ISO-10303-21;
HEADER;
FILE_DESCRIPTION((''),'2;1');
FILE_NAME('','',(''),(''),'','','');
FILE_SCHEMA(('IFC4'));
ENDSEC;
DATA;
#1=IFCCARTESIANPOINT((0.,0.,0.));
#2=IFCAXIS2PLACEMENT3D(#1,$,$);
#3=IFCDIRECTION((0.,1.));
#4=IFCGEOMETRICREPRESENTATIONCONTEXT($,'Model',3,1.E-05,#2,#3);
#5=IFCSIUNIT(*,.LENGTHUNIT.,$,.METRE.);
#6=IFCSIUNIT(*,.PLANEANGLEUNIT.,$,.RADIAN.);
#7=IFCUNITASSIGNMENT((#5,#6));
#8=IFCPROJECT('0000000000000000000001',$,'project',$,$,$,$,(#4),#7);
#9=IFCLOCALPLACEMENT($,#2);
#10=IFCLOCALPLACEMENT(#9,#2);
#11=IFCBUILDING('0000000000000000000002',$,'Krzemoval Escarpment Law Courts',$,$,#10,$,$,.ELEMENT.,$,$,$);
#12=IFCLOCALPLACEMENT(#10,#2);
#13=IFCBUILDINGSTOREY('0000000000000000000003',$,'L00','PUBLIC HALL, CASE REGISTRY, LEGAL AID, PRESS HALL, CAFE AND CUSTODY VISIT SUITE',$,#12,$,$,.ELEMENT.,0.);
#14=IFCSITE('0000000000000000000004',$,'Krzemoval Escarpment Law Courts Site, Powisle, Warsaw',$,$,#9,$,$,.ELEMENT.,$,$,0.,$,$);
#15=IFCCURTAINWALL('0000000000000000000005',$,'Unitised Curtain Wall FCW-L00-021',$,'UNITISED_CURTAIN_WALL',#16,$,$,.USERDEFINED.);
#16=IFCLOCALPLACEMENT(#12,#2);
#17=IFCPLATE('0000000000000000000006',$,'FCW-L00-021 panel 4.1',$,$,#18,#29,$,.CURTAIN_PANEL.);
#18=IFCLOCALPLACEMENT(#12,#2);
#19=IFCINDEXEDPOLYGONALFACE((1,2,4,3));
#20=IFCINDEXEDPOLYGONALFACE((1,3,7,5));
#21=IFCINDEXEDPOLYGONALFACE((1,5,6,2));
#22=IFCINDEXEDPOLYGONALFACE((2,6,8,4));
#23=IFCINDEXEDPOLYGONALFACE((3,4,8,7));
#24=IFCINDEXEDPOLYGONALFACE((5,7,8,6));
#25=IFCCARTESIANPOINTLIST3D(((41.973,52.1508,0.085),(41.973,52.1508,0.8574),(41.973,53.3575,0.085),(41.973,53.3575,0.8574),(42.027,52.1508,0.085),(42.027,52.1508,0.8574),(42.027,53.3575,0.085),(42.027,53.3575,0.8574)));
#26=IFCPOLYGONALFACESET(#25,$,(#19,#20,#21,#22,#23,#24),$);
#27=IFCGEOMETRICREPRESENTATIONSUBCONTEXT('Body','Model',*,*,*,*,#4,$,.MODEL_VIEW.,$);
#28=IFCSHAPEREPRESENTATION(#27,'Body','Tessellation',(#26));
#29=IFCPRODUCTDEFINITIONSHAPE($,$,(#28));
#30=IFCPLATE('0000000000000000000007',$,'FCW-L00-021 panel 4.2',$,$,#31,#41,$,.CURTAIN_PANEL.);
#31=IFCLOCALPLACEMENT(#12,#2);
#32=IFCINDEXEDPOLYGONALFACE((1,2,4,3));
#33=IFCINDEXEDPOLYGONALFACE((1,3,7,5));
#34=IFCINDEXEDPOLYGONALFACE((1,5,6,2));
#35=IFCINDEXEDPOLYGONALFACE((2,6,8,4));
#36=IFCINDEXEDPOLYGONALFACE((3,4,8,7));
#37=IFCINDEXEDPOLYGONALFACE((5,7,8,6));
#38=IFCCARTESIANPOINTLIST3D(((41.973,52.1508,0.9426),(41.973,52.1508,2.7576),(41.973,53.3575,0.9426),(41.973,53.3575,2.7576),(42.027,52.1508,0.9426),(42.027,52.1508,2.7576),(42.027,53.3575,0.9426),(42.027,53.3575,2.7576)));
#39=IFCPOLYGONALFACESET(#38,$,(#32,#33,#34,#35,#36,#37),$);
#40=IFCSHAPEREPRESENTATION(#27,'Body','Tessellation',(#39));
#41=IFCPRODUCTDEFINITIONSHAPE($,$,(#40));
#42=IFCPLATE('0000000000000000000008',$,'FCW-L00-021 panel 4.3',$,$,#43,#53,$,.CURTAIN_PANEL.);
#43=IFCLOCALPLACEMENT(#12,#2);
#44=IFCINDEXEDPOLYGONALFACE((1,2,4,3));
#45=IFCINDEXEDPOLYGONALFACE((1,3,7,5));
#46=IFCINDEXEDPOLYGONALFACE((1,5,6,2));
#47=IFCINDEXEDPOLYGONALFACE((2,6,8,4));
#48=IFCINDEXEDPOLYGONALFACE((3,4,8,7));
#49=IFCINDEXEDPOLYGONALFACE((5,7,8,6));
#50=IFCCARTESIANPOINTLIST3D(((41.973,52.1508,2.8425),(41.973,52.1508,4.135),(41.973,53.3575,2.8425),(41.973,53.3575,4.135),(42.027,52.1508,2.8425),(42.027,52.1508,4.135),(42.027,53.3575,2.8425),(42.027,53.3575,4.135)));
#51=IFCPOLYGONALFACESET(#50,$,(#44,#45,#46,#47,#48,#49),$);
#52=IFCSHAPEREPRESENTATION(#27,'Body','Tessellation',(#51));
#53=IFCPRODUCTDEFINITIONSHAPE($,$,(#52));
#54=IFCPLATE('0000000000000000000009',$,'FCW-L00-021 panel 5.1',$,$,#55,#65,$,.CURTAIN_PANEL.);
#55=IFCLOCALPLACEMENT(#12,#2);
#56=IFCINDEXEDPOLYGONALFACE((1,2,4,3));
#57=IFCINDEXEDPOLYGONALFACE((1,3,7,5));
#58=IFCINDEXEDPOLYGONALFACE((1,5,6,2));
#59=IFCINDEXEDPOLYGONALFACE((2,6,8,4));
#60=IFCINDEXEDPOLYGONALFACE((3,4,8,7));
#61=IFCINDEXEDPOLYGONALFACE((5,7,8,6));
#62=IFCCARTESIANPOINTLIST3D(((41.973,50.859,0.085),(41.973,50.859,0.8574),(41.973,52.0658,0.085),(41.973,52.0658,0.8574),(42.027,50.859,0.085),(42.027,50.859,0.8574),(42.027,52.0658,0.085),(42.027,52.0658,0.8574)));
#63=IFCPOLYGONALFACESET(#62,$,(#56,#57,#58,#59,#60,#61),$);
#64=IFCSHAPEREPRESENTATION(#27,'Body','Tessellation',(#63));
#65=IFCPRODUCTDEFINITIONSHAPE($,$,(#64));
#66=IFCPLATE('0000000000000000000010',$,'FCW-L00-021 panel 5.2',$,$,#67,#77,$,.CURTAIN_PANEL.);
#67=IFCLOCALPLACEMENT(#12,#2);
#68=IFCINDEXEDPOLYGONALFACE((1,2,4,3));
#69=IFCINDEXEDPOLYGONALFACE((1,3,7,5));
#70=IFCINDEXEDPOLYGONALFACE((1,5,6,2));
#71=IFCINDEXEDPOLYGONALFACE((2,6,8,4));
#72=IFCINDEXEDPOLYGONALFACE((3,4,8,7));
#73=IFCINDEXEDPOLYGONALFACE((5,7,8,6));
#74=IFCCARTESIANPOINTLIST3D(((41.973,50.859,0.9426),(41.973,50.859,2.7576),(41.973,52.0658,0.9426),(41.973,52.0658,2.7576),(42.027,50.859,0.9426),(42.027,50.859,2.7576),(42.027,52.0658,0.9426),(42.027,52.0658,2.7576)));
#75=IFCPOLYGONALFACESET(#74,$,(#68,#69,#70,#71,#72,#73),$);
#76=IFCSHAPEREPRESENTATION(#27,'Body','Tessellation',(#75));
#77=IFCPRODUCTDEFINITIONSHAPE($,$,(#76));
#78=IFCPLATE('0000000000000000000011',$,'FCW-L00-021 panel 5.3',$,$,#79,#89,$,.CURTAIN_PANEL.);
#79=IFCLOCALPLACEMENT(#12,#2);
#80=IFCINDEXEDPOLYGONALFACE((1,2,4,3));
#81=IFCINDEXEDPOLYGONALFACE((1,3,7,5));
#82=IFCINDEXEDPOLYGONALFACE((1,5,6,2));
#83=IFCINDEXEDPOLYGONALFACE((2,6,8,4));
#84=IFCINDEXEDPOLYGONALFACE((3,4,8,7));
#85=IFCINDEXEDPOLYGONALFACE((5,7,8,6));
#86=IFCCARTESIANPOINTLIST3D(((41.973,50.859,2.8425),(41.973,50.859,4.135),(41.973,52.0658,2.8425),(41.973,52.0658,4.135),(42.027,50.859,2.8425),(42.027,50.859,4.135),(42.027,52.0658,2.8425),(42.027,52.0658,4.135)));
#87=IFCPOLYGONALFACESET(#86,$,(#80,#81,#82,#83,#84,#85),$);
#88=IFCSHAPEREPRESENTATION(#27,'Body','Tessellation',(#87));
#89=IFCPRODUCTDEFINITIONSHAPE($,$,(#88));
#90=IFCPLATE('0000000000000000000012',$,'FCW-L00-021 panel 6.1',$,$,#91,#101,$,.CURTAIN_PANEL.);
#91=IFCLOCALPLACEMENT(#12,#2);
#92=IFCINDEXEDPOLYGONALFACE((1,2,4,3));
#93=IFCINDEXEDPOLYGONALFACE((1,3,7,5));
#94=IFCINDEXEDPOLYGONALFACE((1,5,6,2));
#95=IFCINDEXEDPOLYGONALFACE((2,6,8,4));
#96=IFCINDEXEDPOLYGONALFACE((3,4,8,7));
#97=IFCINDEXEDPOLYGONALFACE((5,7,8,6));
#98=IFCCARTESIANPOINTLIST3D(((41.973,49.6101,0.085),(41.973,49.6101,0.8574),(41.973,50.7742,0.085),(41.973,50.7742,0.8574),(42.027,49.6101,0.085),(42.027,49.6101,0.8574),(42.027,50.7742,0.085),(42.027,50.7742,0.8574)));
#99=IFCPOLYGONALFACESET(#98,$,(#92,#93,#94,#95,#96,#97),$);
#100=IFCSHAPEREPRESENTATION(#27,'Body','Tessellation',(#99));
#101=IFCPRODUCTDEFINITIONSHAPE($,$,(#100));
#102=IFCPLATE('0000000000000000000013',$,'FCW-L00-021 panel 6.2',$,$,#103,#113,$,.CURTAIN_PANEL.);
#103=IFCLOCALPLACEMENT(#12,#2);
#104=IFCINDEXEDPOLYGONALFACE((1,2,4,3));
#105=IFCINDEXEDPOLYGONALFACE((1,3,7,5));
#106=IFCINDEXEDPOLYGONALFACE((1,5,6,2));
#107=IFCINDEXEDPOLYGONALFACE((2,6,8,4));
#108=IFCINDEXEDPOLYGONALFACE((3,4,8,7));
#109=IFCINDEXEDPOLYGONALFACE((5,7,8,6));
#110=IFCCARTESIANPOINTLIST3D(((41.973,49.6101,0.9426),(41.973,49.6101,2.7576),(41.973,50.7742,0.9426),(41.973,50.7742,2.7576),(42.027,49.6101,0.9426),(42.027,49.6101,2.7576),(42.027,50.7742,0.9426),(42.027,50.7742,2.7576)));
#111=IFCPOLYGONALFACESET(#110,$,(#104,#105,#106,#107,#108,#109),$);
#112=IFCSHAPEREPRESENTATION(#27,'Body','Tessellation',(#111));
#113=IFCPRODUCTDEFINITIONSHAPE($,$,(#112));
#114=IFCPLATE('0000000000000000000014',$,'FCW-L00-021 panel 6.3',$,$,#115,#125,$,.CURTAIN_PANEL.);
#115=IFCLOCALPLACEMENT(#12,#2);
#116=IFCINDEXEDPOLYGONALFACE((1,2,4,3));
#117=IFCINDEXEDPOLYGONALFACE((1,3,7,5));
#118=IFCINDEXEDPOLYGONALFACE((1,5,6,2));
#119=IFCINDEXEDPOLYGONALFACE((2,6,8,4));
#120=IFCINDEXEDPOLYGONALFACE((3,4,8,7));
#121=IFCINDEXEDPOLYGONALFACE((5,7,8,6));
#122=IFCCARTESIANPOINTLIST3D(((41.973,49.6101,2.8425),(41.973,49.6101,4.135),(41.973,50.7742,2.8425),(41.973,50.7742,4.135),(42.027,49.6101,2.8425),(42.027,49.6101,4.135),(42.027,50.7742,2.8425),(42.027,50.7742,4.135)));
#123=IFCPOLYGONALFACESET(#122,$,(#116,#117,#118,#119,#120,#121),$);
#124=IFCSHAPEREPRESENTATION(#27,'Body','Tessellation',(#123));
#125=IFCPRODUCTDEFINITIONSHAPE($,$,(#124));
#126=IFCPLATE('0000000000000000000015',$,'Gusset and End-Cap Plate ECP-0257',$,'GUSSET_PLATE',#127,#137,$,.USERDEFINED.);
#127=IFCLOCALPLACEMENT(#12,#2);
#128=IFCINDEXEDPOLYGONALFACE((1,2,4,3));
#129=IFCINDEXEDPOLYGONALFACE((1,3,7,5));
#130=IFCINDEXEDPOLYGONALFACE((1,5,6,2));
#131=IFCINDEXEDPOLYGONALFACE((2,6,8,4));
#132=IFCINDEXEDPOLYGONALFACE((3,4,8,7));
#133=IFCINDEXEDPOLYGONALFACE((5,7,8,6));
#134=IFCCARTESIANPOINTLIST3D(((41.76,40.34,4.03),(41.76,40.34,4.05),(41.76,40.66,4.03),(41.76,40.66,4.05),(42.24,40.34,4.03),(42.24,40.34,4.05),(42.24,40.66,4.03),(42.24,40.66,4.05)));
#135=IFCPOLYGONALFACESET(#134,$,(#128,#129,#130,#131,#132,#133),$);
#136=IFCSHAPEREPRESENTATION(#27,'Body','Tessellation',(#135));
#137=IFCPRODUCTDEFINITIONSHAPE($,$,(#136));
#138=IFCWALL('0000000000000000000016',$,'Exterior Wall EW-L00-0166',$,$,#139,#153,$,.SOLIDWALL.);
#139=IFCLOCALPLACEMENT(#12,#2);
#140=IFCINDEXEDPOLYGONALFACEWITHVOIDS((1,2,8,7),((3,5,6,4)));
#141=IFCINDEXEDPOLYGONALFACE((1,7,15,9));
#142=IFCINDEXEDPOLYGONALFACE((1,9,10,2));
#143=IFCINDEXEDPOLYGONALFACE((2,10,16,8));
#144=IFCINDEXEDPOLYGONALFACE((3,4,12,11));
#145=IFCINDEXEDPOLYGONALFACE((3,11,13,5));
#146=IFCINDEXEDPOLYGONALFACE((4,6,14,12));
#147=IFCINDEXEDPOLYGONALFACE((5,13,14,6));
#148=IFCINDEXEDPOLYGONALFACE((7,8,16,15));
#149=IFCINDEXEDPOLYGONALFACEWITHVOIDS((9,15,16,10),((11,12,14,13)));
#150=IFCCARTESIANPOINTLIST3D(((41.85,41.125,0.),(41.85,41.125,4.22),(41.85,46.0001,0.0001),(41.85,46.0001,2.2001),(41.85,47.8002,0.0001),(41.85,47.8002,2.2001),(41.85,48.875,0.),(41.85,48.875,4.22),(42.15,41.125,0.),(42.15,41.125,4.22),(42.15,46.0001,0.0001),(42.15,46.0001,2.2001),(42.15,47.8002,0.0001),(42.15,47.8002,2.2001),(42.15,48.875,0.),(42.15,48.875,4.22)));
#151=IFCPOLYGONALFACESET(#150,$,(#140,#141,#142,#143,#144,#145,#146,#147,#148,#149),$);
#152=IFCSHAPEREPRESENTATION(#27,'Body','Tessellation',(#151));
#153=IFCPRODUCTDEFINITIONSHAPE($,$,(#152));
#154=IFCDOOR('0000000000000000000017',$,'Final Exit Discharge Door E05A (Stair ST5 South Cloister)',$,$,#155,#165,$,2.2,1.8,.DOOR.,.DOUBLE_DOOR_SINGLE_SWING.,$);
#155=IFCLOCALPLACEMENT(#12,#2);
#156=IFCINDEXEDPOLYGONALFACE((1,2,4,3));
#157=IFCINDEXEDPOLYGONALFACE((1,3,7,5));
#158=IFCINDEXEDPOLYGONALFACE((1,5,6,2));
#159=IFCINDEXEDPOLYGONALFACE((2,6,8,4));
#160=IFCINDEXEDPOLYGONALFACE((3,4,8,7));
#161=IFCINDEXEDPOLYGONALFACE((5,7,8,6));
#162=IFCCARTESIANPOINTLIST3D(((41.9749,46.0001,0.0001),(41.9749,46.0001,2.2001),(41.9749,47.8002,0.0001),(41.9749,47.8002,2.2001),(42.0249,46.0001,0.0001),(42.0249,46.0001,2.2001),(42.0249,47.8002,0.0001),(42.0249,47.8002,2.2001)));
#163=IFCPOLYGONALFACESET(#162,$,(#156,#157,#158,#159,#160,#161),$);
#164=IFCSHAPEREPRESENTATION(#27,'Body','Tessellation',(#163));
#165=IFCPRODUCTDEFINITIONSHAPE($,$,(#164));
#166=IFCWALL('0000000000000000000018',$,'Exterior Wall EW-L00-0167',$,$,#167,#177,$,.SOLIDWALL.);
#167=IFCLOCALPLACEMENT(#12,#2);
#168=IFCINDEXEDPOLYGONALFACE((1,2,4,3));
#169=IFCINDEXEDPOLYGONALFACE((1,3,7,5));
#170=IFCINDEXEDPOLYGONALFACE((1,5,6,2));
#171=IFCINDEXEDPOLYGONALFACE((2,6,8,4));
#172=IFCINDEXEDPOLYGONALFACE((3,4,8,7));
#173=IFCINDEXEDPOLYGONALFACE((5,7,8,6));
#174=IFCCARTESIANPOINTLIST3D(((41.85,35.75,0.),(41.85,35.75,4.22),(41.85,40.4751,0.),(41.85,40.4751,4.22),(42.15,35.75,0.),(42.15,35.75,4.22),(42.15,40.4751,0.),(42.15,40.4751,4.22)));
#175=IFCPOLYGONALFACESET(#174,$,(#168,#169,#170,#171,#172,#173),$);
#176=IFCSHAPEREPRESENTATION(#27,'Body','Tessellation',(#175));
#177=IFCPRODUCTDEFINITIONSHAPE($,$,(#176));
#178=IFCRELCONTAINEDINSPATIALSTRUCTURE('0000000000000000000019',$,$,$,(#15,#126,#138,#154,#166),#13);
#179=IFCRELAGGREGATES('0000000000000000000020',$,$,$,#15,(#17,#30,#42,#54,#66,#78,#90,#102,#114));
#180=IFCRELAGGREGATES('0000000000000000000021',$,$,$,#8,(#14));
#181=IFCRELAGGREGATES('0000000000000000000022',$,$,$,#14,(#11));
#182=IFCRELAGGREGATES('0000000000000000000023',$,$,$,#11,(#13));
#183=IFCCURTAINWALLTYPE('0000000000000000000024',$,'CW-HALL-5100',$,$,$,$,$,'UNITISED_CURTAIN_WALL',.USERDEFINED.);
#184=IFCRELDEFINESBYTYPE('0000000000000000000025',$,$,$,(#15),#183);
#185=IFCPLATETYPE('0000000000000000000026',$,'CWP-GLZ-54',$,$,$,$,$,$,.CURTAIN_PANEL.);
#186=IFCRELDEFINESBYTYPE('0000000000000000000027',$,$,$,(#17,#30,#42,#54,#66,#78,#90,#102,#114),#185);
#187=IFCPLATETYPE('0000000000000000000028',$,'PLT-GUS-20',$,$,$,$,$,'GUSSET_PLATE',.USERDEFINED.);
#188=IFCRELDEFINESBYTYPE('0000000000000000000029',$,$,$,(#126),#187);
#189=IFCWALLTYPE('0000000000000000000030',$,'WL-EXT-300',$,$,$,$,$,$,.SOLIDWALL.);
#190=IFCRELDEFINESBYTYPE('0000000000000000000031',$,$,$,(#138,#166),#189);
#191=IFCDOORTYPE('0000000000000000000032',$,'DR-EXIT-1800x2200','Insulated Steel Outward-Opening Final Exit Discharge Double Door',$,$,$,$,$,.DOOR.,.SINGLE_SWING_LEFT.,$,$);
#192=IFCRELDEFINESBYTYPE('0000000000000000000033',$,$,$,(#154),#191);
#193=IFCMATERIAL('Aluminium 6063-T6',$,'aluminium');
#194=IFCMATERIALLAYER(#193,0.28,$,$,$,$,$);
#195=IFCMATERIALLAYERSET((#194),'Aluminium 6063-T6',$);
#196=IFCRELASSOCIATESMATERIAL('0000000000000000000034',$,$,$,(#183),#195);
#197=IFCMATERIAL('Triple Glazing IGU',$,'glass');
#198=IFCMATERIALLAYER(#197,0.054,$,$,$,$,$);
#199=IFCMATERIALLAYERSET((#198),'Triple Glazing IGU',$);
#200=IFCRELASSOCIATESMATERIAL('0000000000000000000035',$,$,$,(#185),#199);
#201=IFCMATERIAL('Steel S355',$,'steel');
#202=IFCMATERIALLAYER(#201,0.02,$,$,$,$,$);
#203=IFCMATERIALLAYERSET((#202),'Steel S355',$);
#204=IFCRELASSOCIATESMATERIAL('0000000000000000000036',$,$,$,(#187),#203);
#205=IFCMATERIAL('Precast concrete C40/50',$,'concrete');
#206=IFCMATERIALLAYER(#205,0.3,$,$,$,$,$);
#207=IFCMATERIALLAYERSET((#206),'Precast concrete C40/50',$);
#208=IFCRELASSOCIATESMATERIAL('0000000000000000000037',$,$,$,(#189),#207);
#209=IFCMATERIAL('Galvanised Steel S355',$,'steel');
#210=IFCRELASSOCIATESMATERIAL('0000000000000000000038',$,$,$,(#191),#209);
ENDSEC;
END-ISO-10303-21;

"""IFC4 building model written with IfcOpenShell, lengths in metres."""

from ifc_helpers import new_model, si_unit, direction, frame, frame_2d, origin, origin_2d, place, context, subcontext, project, spatial, rectangle, extrude, material, layer, layer_set, type_object, element, fill, aggregate, save


model = new_model("IFC4")

# Units and contexts
model_context = context("Model", 3, precision=1e-05, world=origin(), true_north=direction((0.0, 1.0)))
body_context = subcontext(model_context, "Body", "Model", "MODEL_VIEW")
ifc_project = project(units=[si_unit("LENGTHUNIT", "METRE"), si_unit("PLANEANGLEUNIT", "RADIAN")], contexts=[model_context])

# Site, building, storey
site_placement = place(None, origin())
site = spatial("IfcSite", under=ifc_project, at=site_placement, Name="Krzemoval Escarpment Law Courts Site, Powisle, Warsaw", CompositionType="ELEMENT", RefElevation=0.0)
building_placement = place(site_placement, origin())
building = spatial("IfcBuilding", under=site, at=building_placement, Name="Krzemoval Escarpment Law Courts", CompositionType="ELEMENT")
storey_placement = place(building_placement, origin())
storey = spatial("IfcBuildingStorey", under=building, at=storey_placement, Name="L00", Description="PUBLIC HALL, CASE REGISTRY, LEGAL AID, PRESS HALL, CAFE AND CUSTODY VISIT SUITE", CompositionType="ELEMENT", Elevation=0.0)

# Curtain wall
ifc_material_1 = material(Name="Aluminium 6063-T6", Category="aluminium")
ifc_layer_1 = layer(ifc_material_1, 0.28)
ifc_layer_set_1 = layer_set([ifc_layer_1], Name="Aluminium 6063-T6")
curtain_wall_type = type_object("IfcCurtainWallType", Name="CW-HALL-5100", ElementType="UNITISED_CURTAIN_WALL", PredefinedType="USERDEFINED", material=ifc_layer_set_1)
curtain_wall_placement = place(storey_placement, origin())
curtain_wall = element("IfcCurtainWall", 1, at=curtain_wall_placement, inside=storey, type_object=curtain_wall_type, Name="Unitised Curtain Wall FCW-L00-021", ObjectType="UNITISED_CURTAIN_WALL", PredefinedType="USERDEFINED")

# Plates
ifc_material_2 = material(Name="Triple Glazing IGU", Category="glass")
ifc_layer_2 = layer(ifc_material_2, 0.054)
ifc_layer_set_2 = layer_set([ifc_layer_2], Name="Triple Glazing IGU")
plate_type_1 = type_object("IfcPlateType", Name="CWP-GLZ-54", PredefinedType="CURTAIN_PANEL", material=ifc_layer_set_2)
plate_1_placement = place(storey_placement, frame((42.0, 52.7542, 0.085), z_axis=(0.0, 0.0, 1.0), x_axis=(0.0, -1.0, 0.0)))
plate_1 = element("IfcPlate", 2, at=plate_1_placement, type_object=plate_type_1, Name="FCW-L00-021 panel 4.1", PredefinedType="CURTAIN_PANEL", context=body_context, shape_type="SweptSolid", body=[
    extrude(rectangle(XDim=1.2068, YDim=0.054, at=origin_2d()), origin(), (0.0, 0.0, 1.0), 0.7725),
])
plate_2_placement = place(storey_placement, frame((42.0, 52.7542, 0.9426), z_axis=(0.0, 0.0, 1.0), x_axis=(0.0, -1.0, 0.0)))
plate_2 = element("IfcPlate", 3, at=plate_2_placement, type_object=plate_type_1, Name="FCW-L00-021 panel 4.2", PredefinedType="CURTAIN_PANEL", context=body_context, shape_type="SweptSolid", body=[
    extrude(rectangle(XDim=1.2068, YDim=0.054, at=origin_2d()), origin(), (0.0, 0.0, 1.0), 1.8149),
])
plate_3_placement = place(storey_placement, frame((42.0, 52.7542, 2.8425), z_axis=(0.0, 0.0, 1.0), x_axis=(0.0, -1.0, 0.0)))
plate_3 = element("IfcPlate", 4, at=plate_3_placement, type_object=plate_type_1, Name="FCW-L00-021 panel 4.3", PredefinedType="CURTAIN_PANEL", context=body_context, shape_type="SweptSolid", body=[
    extrude(rectangle(XDim=1.2068, YDim=0.054, at=origin_2d()), origin(), (0.0, 0.0, 1.0), 1.2925),
])
plate_4_placement = place(storey_placement, frame((42.0, 51.4624, 0.085), z_axis=(0.0, 0.0, 1.0), x_axis=(0.0, -1.0, 0.0)))
plate_4 = element("IfcPlate", 5, at=plate_4_placement, type_object=plate_type_1, Name="FCW-L00-021 panel 5.1", PredefinedType="CURTAIN_PANEL", context=body_context, shape_type="SweptSolid", body=[
    extrude(rectangle(XDim=1.2068, YDim=0.054, at=origin_2d()), origin(), (0.0, 0.0, 1.0), 0.7725),
])
plate_5_placement = place(storey_placement, frame((42.0, 51.4624, 0.9426), z_axis=(0.0, 0.0, 1.0), x_axis=(0.0, -1.0, 0.0)))
plate_5 = element("IfcPlate", 6, at=plate_5_placement, type_object=plate_type_1, Name="FCW-L00-021 panel 5.2", PredefinedType="CURTAIN_PANEL", context=body_context, shape_type="SweptSolid", body=[
    extrude(rectangle(XDim=1.2068, YDim=0.054, at=origin_2d()), origin(), (0.0, 0.0, 1.0), 1.8149),
])
plate_6_placement = place(storey_placement, frame((42.0, 51.4624, 2.8425), z_axis=(0.0, 0.0, 1.0), x_axis=(0.0, -1.0, 0.0)))
plate_6 = element("IfcPlate", 7, at=plate_6_placement, type_object=plate_type_1, Name="FCW-L00-021 panel 5.3", PredefinedType="CURTAIN_PANEL", context=body_context, shape_type="SweptSolid", body=[
    extrude(rectangle(XDim=1.2068, YDim=0.054, at=origin_2d()), origin(), (0.0, 0.0, 1.0), 1.2925),
])
plate_7_placement = place(storey_placement, frame((42.0, 50.1921, 0.085), z_axis=(0.0, 0.0, 1.0), x_axis=(0.0, -1.0, 0.0)))
plate_7 = element("IfcPlate", 8, at=plate_7_placement, type_object=plate_type_1, Name="FCW-L00-021 panel 6.1", PredefinedType="CURTAIN_PANEL", context=body_context, shape_type="SweptSolid", body=[
    extrude(rectangle(XDim=1.1641, YDim=0.054, at=origin_2d()), origin(), (0.0, 0.0, 1.0), 0.7725),
])
plate_8_placement = place(storey_placement, frame((42.0, 50.1921, 0.9426), z_axis=(0.0, 0.0, 1.0), x_axis=(0.0, -1.0, 0.0)))
plate_8 = element("IfcPlate", 9, at=plate_8_placement, type_object=plate_type_1, Name="FCW-L00-021 panel 6.2", PredefinedType="CURTAIN_PANEL", context=body_context, shape_type="SweptSolid", body=[
    extrude(rectangle(XDim=1.1641, YDim=0.054, at=origin_2d()), origin(), (0.0, 0.0, 1.0), 1.8149),
])
plate_9_placement = place(storey_placement, frame((42.0, 50.1921, 2.8425), z_axis=(0.0, 0.0, 1.0), x_axis=(0.0, -1.0, 0.0)))
plate_9 = element("IfcPlate", 10, at=plate_9_placement, type_object=plate_type_1, Name="FCW-L00-021 panel 6.3", PredefinedType="CURTAIN_PANEL", context=body_context, shape_type="SweptSolid", body=[
    extrude(rectangle(XDim=1.1641, YDim=0.054, at=origin_2d()), origin(), (0.0, 0.0, 1.0), 1.2925),
])
aggregate(curtain_wall, [plate_1, plate_2, plate_3, plate_4, plate_5, plate_6, plate_7, plate_8, plate_9])
ifc_material_3 = material(Name="Steel S355", Category="steel")
ifc_layer_3 = layer(ifc_material_3, 0.02)
ifc_layer_set_3 = layer_set([ifc_layer_3], Name="Steel S355")
plate_type_2 = type_object("IfcPlateType", Name="PLT-GUS-20", ElementType="GUSSET_PLATE", PredefinedType="USERDEFINED", material=ifc_layer_set_3)
plate_10_placement = place(storey_placement, frame((42.0, 40.5, 4.03), z_axis=(0.0, 0.0, 1.0), x_axis=(1.0, 0.0, 0.0)))
element("IfcPlate", 11, at=plate_10_placement, inside=storey, type_object=plate_type_2, Name="Gusset and End-Cap Plate ECP-0257", ObjectType="GUSSET_PLATE", PredefinedType="USERDEFINED", context=body_context, shape_type="SweptSolid", body=[
    extrude(rectangle(XDim=0.48, YDim=0.3201, at=origin_2d()), origin(), (0.0, 0.0, 1.0), 0.02),
])

# Wall, opening, door
ifc_material_4 = material(Name="Precast concrete C40/50", Category="concrete")
ifc_layer_4 = layer(ifc_material_4, 0.3)
ifc_layer_set_4 = layer_set([ifc_layer_4], Name="Precast concrete C40/50")
wall_type_1 = type_object("IfcWallType", Name="WL-EXT-300", PredefinedType="SOLIDWALL", material=ifc_layer_set_4)
wall_1_placement = place(storey_placement, frame((42.0, 48.875, 0.0), z_axis=(0.0, 0.0, 1.0), x_axis=(0.0, -1.0, 0.0)))
wall_1 = element("IfcWall", 12, at=wall_1_placement, inside=storey, type_object=wall_type_1, Name="Exterior Wall EW-L00-0166", PredefinedType="SOLIDWALL", context=body_context, shape_type="SweptSolid", body=[
    extrude(rectangle(XDim=7.75, YDim=0.3, at=frame_2d((3.875, 0.0))), origin(), (0.0, 0.0, 1.0), 4.22),
])
opening_1_placement = place(wall_1_placement, frame((1.075, 0.0, 0.0)))
opening_1 = element("IfcOpeningElement", 13, at=opening_1_placement, cuts=wall_1, PredefinedType="OPENING", context=body_context, shape_type="SweptSolid", body=[
    extrude(rectangle(XDim=1.8, YDim=2.2, at=frame_2d((0.8999, 1.1001))), frame((0.0, 0.165, 0.0), z_axis=(0.0, -1.0, 0.0), x_axis=(1.0, 0.0, 0.0)), (0.0, 0.0, 1.0), 0.3301),
])
ifc_material_5 = material(Name="Galvanised Steel S355", Category="steel")
door_type_1 = type_object("IfcDoorType", Name="DR-EXIT-1800x2200", Description="Insulated Steel Outward-Opening Final Exit Discharge Double Door", OperationType="SINGLE_SWING_LEFT", PredefinedType="DOOR", material=ifc_material_5)
door_1_placement = place(opening_1_placement, origin())
door_1 = element("IfcDoor", 14, at=door_1_placement, inside=storey, type_object=door_type_1, Name="Final Exit Discharge Door E05A (Stair ST5 South Cloister)", OperationType="DOUBLE_DOOR_SINGLE_SWING", OverallHeight=2.2, OverallWidth=1.8, PredefinedType="DOOR", context=body_context, shape_type="SweptSolid", body=[
    extrude(rectangle(XDim=1.8, YDim=2.2, at=frame_2d((0.8999, 1.1001))), frame((0.0, 0.0249, 0.0), z_axis=(0.0, -1.0, 0.0), x_axis=(1.0, 0.0, 0.0)), (0.0, 0.0, 1.0), 0.05),
])
fill(opening_1, door_1)

# Wall
wall_2_placement = place(storey_placement, frame((42.0, 40.4751, 0.0), z_axis=(0.0, 0.0, 1.0), x_axis=(0.0, -1.0, 0.0)))
element("IfcWall", 15, at=wall_2_placement, inside=storey, type_object=wall_type_1, Name="Exterior Wall EW-L00-0167", PredefinedType="SOLIDWALL", context=body_context, shape_type="SweptSolid", body=[
    extrude(rectangle(XDim=4.7251, YDim=0.3, at=frame_2d((2.3625, 0.0))), origin(), (0.0, 0.0, 1.0), 4.22),
])

save(model, "model.ifc")
